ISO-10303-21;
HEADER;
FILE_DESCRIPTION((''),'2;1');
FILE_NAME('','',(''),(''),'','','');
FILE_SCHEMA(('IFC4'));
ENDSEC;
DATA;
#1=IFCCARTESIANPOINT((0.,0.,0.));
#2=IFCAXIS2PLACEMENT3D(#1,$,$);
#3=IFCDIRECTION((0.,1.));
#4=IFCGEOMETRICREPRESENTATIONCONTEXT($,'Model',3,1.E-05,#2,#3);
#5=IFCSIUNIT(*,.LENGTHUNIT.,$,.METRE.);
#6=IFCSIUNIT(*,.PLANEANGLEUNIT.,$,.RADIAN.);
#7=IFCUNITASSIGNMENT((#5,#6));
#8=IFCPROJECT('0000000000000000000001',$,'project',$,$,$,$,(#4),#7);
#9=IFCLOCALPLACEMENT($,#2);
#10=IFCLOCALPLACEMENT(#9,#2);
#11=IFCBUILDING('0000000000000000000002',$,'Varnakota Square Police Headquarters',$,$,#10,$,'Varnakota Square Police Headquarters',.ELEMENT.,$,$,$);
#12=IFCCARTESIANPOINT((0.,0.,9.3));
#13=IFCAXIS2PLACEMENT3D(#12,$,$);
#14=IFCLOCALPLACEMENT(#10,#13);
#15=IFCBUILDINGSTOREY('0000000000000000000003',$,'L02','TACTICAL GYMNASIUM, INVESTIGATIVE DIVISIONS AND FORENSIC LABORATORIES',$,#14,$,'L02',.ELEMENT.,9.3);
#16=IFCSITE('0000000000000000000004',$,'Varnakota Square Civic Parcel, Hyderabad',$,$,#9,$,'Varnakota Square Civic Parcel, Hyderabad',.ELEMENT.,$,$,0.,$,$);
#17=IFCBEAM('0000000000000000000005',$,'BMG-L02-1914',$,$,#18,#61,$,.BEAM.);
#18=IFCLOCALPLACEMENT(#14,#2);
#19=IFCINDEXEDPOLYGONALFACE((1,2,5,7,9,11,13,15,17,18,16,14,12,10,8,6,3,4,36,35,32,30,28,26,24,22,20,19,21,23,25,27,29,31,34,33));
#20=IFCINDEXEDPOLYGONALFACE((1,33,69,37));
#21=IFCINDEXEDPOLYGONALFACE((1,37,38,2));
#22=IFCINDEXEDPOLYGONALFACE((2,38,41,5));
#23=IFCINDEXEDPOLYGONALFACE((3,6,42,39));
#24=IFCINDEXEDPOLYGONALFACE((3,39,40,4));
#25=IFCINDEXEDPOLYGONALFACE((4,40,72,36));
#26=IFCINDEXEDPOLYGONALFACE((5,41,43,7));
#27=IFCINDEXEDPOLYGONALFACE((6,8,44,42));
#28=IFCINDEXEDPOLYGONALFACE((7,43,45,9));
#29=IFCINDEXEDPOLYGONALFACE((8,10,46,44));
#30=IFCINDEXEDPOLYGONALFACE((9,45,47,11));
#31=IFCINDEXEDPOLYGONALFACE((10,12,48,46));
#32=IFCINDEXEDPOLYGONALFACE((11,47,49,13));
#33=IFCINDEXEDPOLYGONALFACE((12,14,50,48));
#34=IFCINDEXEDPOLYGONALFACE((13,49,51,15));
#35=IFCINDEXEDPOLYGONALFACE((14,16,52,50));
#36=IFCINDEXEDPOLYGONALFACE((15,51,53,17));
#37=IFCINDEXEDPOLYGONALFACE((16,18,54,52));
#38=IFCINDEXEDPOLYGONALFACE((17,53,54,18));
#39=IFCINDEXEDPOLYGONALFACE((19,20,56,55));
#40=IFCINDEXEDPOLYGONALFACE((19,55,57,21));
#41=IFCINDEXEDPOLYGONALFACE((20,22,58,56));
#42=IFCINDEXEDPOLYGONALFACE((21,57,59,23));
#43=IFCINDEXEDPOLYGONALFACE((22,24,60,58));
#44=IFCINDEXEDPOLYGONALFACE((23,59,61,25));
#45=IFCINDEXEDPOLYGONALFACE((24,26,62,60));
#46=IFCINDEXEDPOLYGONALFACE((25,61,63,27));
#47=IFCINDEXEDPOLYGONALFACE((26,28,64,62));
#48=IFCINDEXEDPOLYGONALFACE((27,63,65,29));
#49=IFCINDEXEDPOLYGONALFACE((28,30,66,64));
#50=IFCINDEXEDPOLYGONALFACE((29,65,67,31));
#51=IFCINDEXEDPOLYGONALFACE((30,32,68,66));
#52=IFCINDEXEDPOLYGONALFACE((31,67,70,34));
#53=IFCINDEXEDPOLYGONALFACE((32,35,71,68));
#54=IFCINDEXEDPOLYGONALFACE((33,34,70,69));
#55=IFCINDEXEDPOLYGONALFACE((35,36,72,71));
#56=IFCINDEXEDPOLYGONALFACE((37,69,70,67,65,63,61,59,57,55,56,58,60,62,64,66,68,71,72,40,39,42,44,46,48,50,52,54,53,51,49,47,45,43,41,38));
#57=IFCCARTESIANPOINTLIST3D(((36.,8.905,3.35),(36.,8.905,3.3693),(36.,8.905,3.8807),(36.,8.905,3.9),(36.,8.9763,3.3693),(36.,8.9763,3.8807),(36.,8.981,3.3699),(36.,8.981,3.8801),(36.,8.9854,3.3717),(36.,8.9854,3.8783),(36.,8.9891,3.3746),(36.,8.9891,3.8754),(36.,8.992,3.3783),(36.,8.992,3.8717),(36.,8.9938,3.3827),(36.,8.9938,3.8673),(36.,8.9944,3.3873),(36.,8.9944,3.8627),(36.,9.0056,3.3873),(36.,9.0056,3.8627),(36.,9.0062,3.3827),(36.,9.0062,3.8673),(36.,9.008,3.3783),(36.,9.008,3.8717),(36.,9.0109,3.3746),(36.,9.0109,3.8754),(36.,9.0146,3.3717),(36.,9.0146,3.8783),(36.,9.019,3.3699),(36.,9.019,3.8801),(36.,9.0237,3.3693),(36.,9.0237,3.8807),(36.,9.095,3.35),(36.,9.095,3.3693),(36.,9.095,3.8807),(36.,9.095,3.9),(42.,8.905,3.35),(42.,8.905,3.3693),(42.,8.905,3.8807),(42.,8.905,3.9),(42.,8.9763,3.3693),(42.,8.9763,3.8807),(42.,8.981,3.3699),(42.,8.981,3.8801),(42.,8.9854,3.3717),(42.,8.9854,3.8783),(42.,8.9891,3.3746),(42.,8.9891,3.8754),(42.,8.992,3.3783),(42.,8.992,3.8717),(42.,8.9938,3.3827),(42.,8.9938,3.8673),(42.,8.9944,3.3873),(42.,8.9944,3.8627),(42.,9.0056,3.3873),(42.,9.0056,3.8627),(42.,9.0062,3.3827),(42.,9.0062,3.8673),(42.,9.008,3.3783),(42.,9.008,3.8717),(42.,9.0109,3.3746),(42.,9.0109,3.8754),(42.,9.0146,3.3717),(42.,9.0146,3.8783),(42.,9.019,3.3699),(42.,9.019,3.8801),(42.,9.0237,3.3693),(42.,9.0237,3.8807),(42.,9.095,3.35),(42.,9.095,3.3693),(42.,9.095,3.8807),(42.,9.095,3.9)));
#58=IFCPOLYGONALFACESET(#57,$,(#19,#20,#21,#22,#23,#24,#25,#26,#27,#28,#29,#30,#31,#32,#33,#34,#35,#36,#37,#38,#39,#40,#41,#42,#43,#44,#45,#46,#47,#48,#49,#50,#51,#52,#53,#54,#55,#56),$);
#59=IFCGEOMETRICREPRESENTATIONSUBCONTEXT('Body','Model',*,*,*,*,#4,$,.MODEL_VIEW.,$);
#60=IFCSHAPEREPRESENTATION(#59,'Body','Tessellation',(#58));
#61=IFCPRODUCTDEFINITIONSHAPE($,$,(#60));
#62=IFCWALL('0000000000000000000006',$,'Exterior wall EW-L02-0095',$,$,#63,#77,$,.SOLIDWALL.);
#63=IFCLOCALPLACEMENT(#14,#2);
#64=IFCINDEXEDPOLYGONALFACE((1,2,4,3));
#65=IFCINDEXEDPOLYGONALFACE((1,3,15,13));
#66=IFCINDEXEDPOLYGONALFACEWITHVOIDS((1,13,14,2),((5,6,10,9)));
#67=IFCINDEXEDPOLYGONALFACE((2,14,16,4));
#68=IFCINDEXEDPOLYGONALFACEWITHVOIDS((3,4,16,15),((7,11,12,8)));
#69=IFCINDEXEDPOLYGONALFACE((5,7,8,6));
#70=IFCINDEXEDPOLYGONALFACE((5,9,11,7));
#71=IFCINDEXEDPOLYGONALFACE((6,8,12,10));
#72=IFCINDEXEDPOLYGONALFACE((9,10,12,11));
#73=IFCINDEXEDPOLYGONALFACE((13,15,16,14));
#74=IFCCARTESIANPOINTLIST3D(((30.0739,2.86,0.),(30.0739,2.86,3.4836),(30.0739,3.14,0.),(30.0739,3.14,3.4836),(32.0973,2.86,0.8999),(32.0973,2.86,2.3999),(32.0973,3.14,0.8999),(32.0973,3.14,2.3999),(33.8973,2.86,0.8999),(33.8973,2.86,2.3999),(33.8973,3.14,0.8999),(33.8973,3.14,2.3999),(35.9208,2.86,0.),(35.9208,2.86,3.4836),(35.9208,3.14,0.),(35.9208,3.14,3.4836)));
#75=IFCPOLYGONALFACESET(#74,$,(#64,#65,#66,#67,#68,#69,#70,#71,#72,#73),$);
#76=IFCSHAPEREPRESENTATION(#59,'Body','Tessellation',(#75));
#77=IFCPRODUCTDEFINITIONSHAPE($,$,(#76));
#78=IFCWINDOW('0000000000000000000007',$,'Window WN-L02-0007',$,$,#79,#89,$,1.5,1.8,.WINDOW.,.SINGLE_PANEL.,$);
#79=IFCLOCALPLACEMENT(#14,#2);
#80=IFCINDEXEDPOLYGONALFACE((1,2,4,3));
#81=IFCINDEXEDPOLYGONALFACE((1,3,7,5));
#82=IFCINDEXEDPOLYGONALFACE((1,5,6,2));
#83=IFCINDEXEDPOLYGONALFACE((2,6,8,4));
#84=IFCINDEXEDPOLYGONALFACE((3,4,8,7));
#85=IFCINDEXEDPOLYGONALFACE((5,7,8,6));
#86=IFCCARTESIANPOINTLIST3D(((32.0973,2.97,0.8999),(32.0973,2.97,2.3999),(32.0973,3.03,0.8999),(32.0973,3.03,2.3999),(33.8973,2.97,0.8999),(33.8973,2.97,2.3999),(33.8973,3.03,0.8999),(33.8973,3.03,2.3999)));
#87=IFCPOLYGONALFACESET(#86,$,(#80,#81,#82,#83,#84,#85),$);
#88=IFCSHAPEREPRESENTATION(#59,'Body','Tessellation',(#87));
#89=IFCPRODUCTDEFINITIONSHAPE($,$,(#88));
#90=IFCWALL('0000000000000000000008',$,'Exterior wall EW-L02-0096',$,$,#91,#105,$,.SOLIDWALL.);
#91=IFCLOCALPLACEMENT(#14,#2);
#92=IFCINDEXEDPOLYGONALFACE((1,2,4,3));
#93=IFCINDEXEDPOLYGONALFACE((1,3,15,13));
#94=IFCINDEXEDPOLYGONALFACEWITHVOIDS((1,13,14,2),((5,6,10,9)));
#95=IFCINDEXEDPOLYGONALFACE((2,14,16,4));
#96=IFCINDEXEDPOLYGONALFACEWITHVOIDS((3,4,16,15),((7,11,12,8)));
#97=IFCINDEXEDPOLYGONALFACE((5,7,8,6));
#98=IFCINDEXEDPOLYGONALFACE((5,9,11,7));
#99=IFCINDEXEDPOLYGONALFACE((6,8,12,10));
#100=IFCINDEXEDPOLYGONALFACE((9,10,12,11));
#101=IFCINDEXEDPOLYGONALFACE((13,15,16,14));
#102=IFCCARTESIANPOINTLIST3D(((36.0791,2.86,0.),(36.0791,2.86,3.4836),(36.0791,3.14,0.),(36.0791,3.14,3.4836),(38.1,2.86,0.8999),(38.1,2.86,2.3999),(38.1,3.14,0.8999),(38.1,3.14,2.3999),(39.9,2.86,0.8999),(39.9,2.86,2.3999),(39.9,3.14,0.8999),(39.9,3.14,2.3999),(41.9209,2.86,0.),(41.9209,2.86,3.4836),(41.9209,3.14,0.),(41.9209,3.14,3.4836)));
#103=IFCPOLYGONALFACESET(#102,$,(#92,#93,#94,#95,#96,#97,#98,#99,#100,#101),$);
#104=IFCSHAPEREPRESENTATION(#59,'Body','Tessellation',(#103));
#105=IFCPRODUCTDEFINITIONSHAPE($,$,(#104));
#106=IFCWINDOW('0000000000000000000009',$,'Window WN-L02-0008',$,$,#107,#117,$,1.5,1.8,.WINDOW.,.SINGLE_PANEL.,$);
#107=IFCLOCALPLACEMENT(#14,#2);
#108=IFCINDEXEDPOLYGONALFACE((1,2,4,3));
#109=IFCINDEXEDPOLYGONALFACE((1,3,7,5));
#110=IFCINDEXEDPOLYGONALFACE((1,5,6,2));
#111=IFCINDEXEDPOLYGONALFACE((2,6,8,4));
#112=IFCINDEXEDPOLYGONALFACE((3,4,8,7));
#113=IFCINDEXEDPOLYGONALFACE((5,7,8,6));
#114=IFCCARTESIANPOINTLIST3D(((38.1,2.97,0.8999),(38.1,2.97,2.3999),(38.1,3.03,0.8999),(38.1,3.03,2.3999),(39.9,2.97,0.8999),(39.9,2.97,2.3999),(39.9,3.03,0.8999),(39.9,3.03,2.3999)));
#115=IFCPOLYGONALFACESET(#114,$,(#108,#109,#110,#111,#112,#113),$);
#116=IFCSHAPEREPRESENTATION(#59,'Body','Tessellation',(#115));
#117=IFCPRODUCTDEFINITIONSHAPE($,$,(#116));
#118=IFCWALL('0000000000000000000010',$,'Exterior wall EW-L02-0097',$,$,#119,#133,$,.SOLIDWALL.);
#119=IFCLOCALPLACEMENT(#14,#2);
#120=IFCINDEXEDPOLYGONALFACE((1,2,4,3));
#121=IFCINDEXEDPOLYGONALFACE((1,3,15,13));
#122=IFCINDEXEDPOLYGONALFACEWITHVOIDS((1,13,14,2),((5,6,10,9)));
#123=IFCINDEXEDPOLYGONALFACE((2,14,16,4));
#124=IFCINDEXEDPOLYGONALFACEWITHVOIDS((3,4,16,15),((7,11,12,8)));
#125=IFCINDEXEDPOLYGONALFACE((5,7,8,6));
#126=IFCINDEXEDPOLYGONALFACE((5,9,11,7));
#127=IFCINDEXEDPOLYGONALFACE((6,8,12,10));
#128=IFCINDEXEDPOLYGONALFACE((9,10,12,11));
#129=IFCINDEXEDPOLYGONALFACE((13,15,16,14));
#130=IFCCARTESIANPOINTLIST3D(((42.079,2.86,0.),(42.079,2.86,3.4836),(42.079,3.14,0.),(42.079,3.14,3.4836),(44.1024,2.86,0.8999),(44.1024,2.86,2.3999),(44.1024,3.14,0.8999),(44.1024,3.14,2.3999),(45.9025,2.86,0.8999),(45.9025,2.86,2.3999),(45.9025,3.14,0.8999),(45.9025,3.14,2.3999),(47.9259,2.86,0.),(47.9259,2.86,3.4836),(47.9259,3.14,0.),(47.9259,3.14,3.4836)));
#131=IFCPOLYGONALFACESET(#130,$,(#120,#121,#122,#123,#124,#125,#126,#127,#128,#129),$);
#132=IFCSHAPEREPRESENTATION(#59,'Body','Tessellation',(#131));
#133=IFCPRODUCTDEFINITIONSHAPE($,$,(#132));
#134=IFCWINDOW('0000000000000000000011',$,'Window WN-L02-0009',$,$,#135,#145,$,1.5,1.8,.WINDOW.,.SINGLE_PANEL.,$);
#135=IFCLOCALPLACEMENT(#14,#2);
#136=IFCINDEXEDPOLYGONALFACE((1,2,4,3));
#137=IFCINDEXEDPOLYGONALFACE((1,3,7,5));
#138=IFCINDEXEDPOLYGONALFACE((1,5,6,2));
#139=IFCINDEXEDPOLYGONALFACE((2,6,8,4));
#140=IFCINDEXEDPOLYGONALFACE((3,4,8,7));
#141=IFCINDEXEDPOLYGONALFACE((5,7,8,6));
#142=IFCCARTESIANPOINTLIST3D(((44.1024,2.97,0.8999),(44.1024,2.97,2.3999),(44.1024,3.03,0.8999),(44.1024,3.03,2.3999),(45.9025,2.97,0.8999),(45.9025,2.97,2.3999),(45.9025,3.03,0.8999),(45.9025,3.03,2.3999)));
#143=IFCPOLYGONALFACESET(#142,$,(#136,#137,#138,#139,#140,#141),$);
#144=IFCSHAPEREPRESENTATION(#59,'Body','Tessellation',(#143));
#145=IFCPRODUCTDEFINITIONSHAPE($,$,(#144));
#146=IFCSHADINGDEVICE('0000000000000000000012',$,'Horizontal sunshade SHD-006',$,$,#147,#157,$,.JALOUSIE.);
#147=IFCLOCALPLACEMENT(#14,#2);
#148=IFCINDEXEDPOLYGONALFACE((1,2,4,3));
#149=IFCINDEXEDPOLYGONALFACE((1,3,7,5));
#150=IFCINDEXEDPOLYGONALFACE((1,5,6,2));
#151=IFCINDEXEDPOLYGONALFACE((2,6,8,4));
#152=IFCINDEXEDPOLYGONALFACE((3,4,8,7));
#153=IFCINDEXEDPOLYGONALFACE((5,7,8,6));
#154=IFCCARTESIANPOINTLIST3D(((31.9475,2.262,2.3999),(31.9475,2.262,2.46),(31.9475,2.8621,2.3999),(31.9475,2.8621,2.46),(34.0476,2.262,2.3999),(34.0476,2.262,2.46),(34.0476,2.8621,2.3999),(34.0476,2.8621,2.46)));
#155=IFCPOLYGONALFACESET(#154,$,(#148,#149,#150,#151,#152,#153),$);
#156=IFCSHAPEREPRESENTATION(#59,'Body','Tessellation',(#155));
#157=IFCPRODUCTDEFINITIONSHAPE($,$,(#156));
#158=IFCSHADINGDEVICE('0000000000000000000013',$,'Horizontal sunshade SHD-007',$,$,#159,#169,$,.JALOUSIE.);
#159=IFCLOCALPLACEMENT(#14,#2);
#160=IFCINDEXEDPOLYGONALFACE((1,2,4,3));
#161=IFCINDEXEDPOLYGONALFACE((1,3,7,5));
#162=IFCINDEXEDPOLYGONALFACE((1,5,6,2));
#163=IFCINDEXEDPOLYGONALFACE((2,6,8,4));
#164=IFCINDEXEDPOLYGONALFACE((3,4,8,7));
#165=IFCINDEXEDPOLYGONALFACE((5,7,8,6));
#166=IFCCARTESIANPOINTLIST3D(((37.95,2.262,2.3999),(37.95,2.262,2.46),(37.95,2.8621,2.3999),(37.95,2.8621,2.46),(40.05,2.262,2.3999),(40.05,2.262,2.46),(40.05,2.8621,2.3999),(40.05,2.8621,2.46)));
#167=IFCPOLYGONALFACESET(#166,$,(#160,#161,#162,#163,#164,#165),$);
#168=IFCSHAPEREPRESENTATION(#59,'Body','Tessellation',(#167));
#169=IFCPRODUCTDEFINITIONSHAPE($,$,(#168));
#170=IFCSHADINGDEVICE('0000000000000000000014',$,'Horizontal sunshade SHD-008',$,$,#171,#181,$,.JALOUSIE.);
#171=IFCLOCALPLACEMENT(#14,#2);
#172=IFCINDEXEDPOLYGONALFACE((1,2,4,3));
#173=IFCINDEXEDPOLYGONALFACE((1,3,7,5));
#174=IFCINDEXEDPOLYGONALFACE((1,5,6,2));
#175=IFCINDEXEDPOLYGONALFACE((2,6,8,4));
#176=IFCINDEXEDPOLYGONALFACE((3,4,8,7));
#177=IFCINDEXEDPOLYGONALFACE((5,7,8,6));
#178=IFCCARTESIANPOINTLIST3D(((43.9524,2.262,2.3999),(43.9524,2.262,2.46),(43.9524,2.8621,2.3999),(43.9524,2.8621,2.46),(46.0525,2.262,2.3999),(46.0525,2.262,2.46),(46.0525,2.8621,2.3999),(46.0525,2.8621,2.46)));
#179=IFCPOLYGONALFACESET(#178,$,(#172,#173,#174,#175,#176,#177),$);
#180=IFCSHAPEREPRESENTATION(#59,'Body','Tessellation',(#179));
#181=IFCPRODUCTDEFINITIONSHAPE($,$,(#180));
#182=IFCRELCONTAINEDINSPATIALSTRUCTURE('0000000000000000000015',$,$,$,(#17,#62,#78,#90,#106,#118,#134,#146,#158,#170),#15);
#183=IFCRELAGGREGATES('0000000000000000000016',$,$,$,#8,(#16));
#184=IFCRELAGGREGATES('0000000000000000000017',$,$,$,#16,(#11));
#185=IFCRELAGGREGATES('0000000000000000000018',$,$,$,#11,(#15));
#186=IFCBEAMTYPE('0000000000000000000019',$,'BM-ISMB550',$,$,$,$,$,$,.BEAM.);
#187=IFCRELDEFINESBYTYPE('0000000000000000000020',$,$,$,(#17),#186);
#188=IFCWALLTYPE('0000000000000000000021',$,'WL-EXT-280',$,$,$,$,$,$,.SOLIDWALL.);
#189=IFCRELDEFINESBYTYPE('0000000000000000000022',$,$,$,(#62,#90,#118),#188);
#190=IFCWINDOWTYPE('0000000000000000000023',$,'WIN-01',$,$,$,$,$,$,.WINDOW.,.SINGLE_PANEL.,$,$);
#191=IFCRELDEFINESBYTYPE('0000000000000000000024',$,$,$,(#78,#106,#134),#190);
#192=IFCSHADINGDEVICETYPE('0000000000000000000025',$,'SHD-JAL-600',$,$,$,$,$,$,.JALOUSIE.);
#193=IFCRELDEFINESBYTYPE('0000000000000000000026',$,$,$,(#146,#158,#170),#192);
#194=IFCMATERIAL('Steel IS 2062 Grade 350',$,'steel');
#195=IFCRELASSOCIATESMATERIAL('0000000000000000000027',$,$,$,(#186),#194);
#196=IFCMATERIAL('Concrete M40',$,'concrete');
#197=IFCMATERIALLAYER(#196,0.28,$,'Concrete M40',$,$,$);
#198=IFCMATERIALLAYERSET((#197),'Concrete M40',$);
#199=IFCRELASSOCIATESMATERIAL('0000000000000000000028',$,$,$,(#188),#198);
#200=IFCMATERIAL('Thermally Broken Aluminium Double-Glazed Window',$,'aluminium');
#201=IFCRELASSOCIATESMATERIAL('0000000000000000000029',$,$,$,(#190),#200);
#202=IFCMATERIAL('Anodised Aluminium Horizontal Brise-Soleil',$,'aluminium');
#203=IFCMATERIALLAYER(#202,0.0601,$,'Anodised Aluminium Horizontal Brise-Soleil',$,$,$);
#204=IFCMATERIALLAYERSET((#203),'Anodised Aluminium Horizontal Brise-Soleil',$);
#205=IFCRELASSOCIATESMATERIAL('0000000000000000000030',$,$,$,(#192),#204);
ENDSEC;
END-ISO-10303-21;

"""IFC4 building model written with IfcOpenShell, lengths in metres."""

from ifc_helpers import new_model, si_unit, direction, frame, frame_2d, origin, origin_2d, place, context, subcontext, project, spatial, rectangle, i_section, extrude, material, layer, layer_set, material_profile, profile_set, type_object, element, fill, save


model = new_model("IFC4")

# Units and contexts
model_context = context("Model", 3, precision=1e-05, world=origin(), true_north=direction((0.0, 1.0)))
body_context = subcontext(model_context, "Body", "Model", "MODEL_VIEW")
ifc_project = project(units=[si_unit("LENGTHUNIT", "METRE"), si_unit("PLANEANGLEUNIT", "RADIAN")], contexts=[model_context])

# Site, building, storey
site_placement = place(None, origin())
site = spatial("IfcSite", under=ifc_project, at=site_placement, Name="Varnakota Square Civic Parcel, Hyderabad", LongName="Varnakota Square Civic Parcel, Hyderabad", CompositionType="ELEMENT", RefElevation=0.0)
building_placement = place(site_placement, origin())
building = spatial("IfcBuilding", under=site, at=building_placement, Name="Varnakota Square Police Headquarters", LongName="Varnakota Square Police Headquarters", CompositionType="ELEMENT")
storey_placement = place(building_placement, frame((0.0, 0.0, 9.3)))
storey = spatial("IfcBuildingStorey", under=building, at=storey_placement, Name="L02", Description="TACTICAL GYMNASIUM, INVESTIGATIVE DIVISIONS AND FORENSIC LABORATORIES", LongName="L02", CompositionType="ELEMENT", Elevation=9.3)

# Shared definitions
ifc_material_1 = material(Name="Steel IS 2062 Grade 350", Category="steel")

# Beam
ifc_material_profile_1 = material_profile(ifc_material_1, i_section(OverallWidth=0.1899, OverallDepth=0.55, WebThickness=0.0112, FlangeThickness=0.0193, FilletRadius=0.0181, at=origin_2d()), Name="ISMB 550")
ifc_profile_set_1 = profile_set([ifc_material_profile_1], Name="Steel IS 2062 Grade 350")
beam_type_1 = type_object("IfcBeamType", Name="BM-ISMB550", PredefinedType="BEAM", material=ifc_profile_set_1)
beam_1_placement = place(storey_placement, frame((36.0, 9.0, 3.625), z_axis=(1.0, 0.0, 0.0), x_axis=(0.0, 1.0, 0.0)))
element("IfcBeam", 1, at=beam_1_placement, inside=storey, type_object=beam_type_1, Name="BMG-L02-1914", PredefinedType="BEAM", context=body_context, shape_type="SweptSolid", body=[
    extrude(i_section(OverallWidth=0.1899, OverallDepth=0.55, WebThickness=0.0112, FlangeThickness=0.0193, FilletRadius=0.0181, at=origin_2d()), origin(), (0.0, 0.0, 1.0), 6.0),
])

# Walls, openings, windows
ifc_material_2 = material(Name="Concrete M40", Category="concrete")
ifc_layer_1 = layer(ifc_material_2, 0.28, Name="Concrete M40")
ifc_layer_set_1 = layer_set([ifc_layer_1], Name="Concrete M40")
wall_type = type_object("IfcWallType", Name="WL-EXT-280", PredefinedType="SOLIDWALL", material=ifc_layer_set_1)
wall_1_placement = place(storey_placement, frame((30.074, 3.0, 0.0), z_axis=(0.0, 0.0, 1.0), x_axis=(1.0, 0.0, 0.0)))
wall_1 = element("IfcWall", 2, at=wall_1_placement, inside=storey, type_object=wall_type, Name="Exterior wall EW-L02-0095", PredefinedType="SOLIDWALL", context=body_context, shape_type="SweptSolid", body=[
    extrude(rectangle(XDim=5.8469, YDim=0.28, at=frame_2d((2.9233, 0.0))), origin(), (0.0, 0.0, 1.0), 3.4836),
])
opening_1_placement = place(wall_1_placement, frame((2.0234, 0.0, 0.8999)))
opening_1 = element("IfcOpeningElement", 3, at=opening_1_placement, cuts=wall_1, PredefinedType="OPENING", context=body_context, shape_type="SweptSolid", body=[
    extrude(rectangle(XDim=1.8, YDim=1.5, at=frame_2d((0.8999, 0.75))), frame((0.0, 0.1499, 0.0), z_axis=(0.0, -1.0, 0.0), x_axis=(1.0, 0.0, 0.0)), (0.0, 0.0, 1.0), 0.3),
])
ifc_material_3 = material(Name="Thermally Broken Aluminium Double-Glazed Window", Category="aluminium")
window_type = type_object("IfcWindowType", Name="WIN-01", PartitioningType="SINGLE_PANEL", PredefinedType="WINDOW", material=ifc_material_3)
window_1_placement = place(opening_1_placement, origin())
window_1 = element("IfcWindow", 4, at=window_1_placement, inside=storey, type_object=window_type, Name="Window WN-L02-0007", OverallHeight=1.5, OverallWidth=1.8, PartitioningType="SINGLE_PANEL", PredefinedType="WINDOW", context=body_context, shape_type="SweptSolid", body=[
    extrude(rectangle(XDim=1.8, YDim=1.5, at=frame_2d((0.8999, 0.75))), frame((0.0, 0.03, 0.0), z_axis=(0.0, -1.0, 0.0), x_axis=(1.0, 0.0, 0.0)), (0.0, 0.0, 1.0), 0.0601),
])
fill(opening_1, window_1)
wall_2_placement = place(storey_placement, frame((36.0791, 3.0, 0.0), z_axis=(0.0, 0.0, 1.0), x_axis=(1.0, 0.0, 0.0)))
wall_2 = element("IfcWall", 5, at=wall_2_placement, inside=storey, type_object=wall_type, Name="Exterior wall EW-L02-0096", PredefinedType="SOLIDWALL", context=body_context, shape_type="SweptSolid", body=[
    extrude(rectangle(XDim=5.8418, YDim=0.28, at=frame_2d((2.9209, 0.0))), origin(), (0.0, 0.0, 1.0), 3.4836),
])
opening_2_placement = place(wall_2_placement, frame((2.021, 0.0, 0.8999)))
opening_2 = element("IfcOpeningElement", 6, at=opening_2_placement, cuts=wall_2, PredefinedType="OPENING", context=body_context, shape_type="SweptSolid", body=[
    extrude(rectangle(XDim=1.8, YDim=1.5, at=frame_2d((0.8999, 0.75))), frame((0.0, 0.1499, 0.0), z_axis=(0.0, -1.0, 0.0), x_axis=(1.0, 0.0, 0.0)), (0.0, 0.0, 1.0), 0.3),
])
window_2_placement = place(opening_2_placement, origin())
window_2 = element("IfcWindow", 7, at=window_2_placement, inside=storey, type_object=window_type, Name="Window WN-L02-0008", OverallHeight=1.5, OverallWidth=1.8, PartitioningType="SINGLE_PANEL", PredefinedType="WINDOW", context=body_context, shape_type="SweptSolid", body=[
    extrude(rectangle(XDim=1.8, YDim=1.5, at=frame_2d((0.8999, 0.75))), frame((0.0, 0.03, 0.0), z_axis=(0.0, -1.0, 0.0), x_axis=(1.0, 0.0, 0.0)), (0.0, 0.0, 1.0), 0.0601),
])
fill(opening_2, window_2)
wall_3_placement = place(storey_placement, frame((42.0791, 3.0, 0.0), z_axis=(0.0, 0.0, 1.0), x_axis=(1.0, 0.0, 0.0)))
wall_3 = element("IfcWall", 8, at=wall_3_placement, inside=storey, type_object=wall_type, Name="Exterior wall EW-L02-0097", PredefinedType="SOLIDWALL", context=body_context, shape_type="SweptSolid", body=[
    extrude(rectangle(XDim=5.8469, YDim=0.28, at=frame_2d((2.9233, 0.0))), origin(), (0.0, 0.0, 1.0), 3.4836),
])
opening_3_placement = place(wall_3_placement, frame((2.0234, 0.0, 0.8999)))
opening_3 = element("IfcOpeningElement", 9, at=opening_3_placement, cuts=wall_3, PredefinedType="OPENING", context=body_context, shape_type="SweptSolid", body=[
    extrude(rectangle(XDim=1.8, YDim=1.5, at=frame_2d((0.8999, 0.75))), frame((0.0, 0.1499, 0.0), z_axis=(0.0, -1.0, 0.0), x_axis=(1.0, 0.0, 0.0)), (0.0, 0.0, 1.0), 0.3),
])
window_3_placement = place(opening_3_placement, origin())
window_3 = element("IfcWindow", 10, at=window_3_placement, inside=storey, type_object=window_type, Name="Window WN-L02-0009", OverallHeight=1.5, OverallWidth=1.8, PartitioningType="SINGLE_PANEL", PredefinedType="WINDOW", context=body_context, shape_type="SweptSolid", body=[
    extrude(rectangle(XDim=1.8, YDim=1.5, at=frame_2d((0.8999, 0.75))), frame((0.0, 0.03, 0.0), z_axis=(0.0, -1.0, 0.0), x_axis=(1.0, 0.0, 0.0)), (0.0, 0.0, 1.0), 0.0601),
])
fill(opening_3, window_3)

# Shading devices
ifc_material_4 = material(Name="Anodised Aluminium Horizontal Brise-Soleil", Category="aluminium")
ifc_layer_2 = layer(ifc_material_4, 0.0601, Name="Anodised Aluminium Horizontal Brise-Soleil")
ifc_layer_set_2 = layer_set([ifc_layer_2], Name="Anodised Aluminium Horizontal Brise-Soleil")
shading_device_type = type_object("IfcShadingDeviceType", Name="SHD-JAL-600", PredefinedType="JALOUSIE", material=ifc_layer_set_2)
for number, where, z_axis, x_axis, name in (
    (11, (32.9976, 2.562, 2.3999), (0.0, 0.0, 1.0), (1.0, 0.0, 0.0), "Horizontal sunshade SHD-006"),
    (12, (39.0, 2.562, 2.3999), (0.0, 0.0, 1.0), (1.0, 0.0, 0.0), "Horizontal sunshade SHD-007"),
    (13, (45.0024, 2.562, 2.3999), (0.0, 0.0, 1.0), (1.0, 0.0, 0.0), "Horizontal sunshade SHD-008"),
):
    element("IfcShadingDevice", number, at=place(storey_placement, frame(where, z_axis=z_axis, x_axis=x_axis)), inside=storey, type_object=shading_device_type, Name=name, PredefinedType="JALOUSIE", context=body_context, shape_type="SweptSolid", body=[
        extrude(rectangle(XDim=2.1001, YDim=0.6001, at=origin_2d()), origin(), (0.0, 0.0, 1.0), 0.0601),
    ])

save(model, "model.ifc")
